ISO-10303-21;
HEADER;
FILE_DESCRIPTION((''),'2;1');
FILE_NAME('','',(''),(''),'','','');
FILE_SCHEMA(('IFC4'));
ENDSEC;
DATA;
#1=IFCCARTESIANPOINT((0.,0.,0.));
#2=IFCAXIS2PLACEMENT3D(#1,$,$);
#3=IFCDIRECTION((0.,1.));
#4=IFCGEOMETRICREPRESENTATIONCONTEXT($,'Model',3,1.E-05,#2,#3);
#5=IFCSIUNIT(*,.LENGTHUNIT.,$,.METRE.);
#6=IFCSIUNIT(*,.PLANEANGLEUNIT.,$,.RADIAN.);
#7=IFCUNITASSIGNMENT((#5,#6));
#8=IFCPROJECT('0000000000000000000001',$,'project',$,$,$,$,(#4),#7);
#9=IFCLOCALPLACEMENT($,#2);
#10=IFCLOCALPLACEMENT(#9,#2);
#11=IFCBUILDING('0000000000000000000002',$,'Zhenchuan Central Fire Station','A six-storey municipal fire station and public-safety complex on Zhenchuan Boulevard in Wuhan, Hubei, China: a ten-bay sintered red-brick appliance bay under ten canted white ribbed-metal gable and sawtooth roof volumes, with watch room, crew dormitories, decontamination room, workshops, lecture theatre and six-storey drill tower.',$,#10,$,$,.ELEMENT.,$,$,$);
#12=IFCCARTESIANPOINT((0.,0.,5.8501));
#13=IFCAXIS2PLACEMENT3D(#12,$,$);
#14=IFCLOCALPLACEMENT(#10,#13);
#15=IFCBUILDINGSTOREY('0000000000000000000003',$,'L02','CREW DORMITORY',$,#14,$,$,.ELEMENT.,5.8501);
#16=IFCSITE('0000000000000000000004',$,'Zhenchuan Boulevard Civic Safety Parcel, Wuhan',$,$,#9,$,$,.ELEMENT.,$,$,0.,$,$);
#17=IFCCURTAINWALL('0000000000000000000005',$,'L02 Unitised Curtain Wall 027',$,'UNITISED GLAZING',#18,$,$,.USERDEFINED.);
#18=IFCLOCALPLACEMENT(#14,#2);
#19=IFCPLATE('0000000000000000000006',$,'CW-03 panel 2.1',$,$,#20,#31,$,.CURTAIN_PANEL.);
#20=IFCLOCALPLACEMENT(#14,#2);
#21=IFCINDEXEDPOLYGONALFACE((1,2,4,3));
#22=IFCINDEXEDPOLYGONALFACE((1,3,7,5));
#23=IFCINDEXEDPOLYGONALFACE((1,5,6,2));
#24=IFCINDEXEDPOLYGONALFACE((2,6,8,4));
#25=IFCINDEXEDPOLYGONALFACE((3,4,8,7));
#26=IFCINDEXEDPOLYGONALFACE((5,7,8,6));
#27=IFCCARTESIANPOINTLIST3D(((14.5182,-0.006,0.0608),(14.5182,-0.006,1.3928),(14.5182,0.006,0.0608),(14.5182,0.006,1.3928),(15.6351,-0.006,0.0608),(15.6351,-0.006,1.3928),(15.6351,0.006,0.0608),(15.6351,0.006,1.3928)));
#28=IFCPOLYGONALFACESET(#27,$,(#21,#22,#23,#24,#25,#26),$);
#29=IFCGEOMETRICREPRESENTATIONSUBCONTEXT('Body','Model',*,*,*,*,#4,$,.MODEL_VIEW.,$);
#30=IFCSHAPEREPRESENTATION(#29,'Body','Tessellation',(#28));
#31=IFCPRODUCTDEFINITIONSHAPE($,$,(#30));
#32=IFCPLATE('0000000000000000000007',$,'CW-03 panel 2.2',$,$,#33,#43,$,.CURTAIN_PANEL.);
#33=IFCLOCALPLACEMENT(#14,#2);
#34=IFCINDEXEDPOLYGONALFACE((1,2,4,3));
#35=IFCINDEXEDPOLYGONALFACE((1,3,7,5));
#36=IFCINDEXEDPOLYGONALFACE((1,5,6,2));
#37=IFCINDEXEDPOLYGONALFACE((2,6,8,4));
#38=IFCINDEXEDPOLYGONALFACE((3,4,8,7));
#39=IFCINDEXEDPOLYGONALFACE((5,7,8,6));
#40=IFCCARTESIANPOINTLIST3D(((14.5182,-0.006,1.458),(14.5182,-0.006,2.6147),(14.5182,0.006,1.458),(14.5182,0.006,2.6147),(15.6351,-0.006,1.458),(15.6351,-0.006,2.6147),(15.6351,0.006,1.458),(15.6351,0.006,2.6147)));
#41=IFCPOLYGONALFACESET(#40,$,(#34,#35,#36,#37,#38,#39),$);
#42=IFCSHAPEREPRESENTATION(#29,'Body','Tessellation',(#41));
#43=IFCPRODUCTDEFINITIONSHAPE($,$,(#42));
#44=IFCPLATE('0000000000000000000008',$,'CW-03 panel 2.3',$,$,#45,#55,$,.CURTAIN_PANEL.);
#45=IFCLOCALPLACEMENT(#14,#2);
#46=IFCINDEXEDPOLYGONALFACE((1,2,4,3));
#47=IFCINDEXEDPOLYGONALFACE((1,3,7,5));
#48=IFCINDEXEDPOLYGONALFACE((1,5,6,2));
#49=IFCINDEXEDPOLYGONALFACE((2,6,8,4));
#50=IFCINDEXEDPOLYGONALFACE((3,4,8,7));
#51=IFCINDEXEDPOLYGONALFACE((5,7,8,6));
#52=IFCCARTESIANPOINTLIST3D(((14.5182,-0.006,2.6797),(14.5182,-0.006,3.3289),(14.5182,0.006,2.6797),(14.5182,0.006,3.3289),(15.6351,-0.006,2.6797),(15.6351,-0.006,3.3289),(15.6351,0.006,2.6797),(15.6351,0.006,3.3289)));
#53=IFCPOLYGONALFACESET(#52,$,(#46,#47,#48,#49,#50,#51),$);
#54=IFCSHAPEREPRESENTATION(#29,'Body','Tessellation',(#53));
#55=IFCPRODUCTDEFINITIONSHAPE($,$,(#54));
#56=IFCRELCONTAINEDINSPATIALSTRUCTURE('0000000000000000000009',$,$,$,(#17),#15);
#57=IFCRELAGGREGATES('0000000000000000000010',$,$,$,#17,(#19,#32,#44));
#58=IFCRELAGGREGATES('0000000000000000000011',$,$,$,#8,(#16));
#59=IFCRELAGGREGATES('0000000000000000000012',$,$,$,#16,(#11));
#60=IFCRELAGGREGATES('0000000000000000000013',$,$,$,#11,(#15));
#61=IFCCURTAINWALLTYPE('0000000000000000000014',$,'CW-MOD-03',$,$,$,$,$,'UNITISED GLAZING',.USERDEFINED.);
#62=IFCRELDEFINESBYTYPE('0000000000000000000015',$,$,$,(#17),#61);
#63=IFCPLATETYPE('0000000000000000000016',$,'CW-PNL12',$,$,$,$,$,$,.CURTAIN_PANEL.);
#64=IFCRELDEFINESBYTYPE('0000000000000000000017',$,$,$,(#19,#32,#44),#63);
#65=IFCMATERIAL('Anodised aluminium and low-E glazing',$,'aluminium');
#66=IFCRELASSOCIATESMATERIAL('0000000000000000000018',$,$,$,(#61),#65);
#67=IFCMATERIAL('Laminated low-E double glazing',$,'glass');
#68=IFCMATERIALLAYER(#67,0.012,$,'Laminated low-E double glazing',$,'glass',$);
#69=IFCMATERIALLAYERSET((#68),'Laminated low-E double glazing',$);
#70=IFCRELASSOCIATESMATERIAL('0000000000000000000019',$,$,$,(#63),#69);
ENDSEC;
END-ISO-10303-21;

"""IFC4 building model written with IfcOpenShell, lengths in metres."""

from ifc_helpers import new_model, si_unit, direction, frame, origin, origin_2d, place, context, subcontext, project, spatial, rectangle, extrude, material, layer, layer_set, type_object, element, aggregate, save


model = new_model("IFC4")

# Units and contexts
model_context = context("Model", 3, precision=1e-05, world=origin(), true_north=direction((0.0, 1.0)))
body_context = subcontext(model_context, "Body", "Model", "MODEL_VIEW")
ifc_project = project(units=[si_unit("LENGTHUNIT", "METRE"), si_unit("PLANEANGLEUNIT", "RADIAN")], contexts=[model_context])

# Site, building, storey
site_placement = place(None, origin())
site = spatial("IfcSite", under=ifc_project, at=site_placement, Name="Zhenchuan Boulevard Civic Safety Parcel, Wuhan", CompositionType="ELEMENT", RefElevation=0.0)
building_placement = place(site_placement, origin())
building = spatial("IfcBuilding", under=site, at=building_placement, Name="Zhenchuan Central Fire Station", Description="A six-storey municipal fire station and public-safety complex on Zhenchuan Boulevard in Wuhan, Hubei, China: a ten-bay sintered red-brick appliance bay under ten canted white ribbed-metal gable and sawtooth roof volumes, with watch room, crew dormitories, decontamination room, workshops, lecture theatre and six-storey drill tower.", CompositionType="ELEMENT")
storey_placement = place(building_placement, frame((0.0, 0.0, 5.8501)))
storey = spatial("IfcBuildingStorey", under=building, at=storey_placement, Name="L02", Description="CREW DORMITORY", CompositionType="ELEMENT", Elevation=5.8501)

# Curtain wall
ifc_material_1 = material(Name="Anodised aluminium and low-E glazing", Category="aluminium")
curtain_wall_type_1 = type_object("IfcCurtainWallType", Name="CW-MOD-03", ElementType="UNITISED GLAZING", PredefinedType="USERDEFINED", material=ifc_material_1)
curtain_wall_1_placement = place(storey_placement, origin())
curtain_wall_1 = element("IfcCurtainWall", 1, at=curtain_wall_1_placement, inside=storey, type_object=curtain_wall_type_1, Name="L02 Unitised Curtain Wall 027", ObjectType="UNITISED GLAZING", PredefinedType="USERDEFINED")

# Plates
ifc_material_2 = material(Name="Laminated low-E double glazing", Category="glass")
ifc_layer = layer(ifc_material_2, 0.012, Name="Laminated low-E double glazing", Category="glass")
ifc_layer_set = layer_set([ifc_layer], Name="Laminated low-E double glazing")
plate_type = type_object("IfcPlateType", Name="CW-PNL12", PredefinedType="CURTAIN_PANEL", material=ifc_layer_set)
plate_1_placement = place(storey_placement, frame((15.0767, 0.0, 0.0608), z_axis=(0.0, 0.0, 1.0), x_axis=(1.0, 0.0, 0.0)))
plate_1 = element("IfcPlate", 2, at=plate_1_placement, type_object=plate_type, Name="CW-03 panel 2.1", PredefinedType="CURTAIN_PANEL", context=body_context, shape_type="SweptSolid", body=[
    extrude(rectangle(XDim=1.1169, YDim=0.012, at=origin_2d()), origin(), (0.0, 0.0, 1.0), 1.332),
])
plate_2_placement = place(storey_placement, frame((15.0767, 0.0, 1.458), z_axis=(0.0, 0.0, 1.0), x_axis=(1.0, 0.0, 0.0)))
plate_2 = element("IfcPlate", 3, at=plate_2_placement, type_object=plate_type, Name="CW-03 panel 2.2", PredefinedType="CURTAIN_PANEL", context=body_context, shape_type="SweptSolid", body=[
    extrude(rectangle(XDim=1.1169, YDim=0.012, at=origin_2d()), origin(), (0.0, 0.0, 1.0), 1.1567),
])
plate_3_placement = place(storey_placement, frame((15.0767, 0.0, 2.6797), z_axis=(0.0, 0.0, 1.0), x_axis=(1.0, 0.0, 0.0)))
plate_3 = element("IfcPlate", 4, at=plate_3_placement, type_object=plate_type, Name="CW-03 panel 2.3", PredefinedType="CURTAIN_PANEL", context=body_context, shape_type="SweptSolid", body=[
    extrude(rectangle(XDim=1.1169, YDim=0.012, at=origin_2d()), origin(), (0.0, 0.0, 1.0), 0.6492),
])
aggregate(curtain_wall_1, [plate_1, plate_2, plate_3])

save(model, "model.ifc")
